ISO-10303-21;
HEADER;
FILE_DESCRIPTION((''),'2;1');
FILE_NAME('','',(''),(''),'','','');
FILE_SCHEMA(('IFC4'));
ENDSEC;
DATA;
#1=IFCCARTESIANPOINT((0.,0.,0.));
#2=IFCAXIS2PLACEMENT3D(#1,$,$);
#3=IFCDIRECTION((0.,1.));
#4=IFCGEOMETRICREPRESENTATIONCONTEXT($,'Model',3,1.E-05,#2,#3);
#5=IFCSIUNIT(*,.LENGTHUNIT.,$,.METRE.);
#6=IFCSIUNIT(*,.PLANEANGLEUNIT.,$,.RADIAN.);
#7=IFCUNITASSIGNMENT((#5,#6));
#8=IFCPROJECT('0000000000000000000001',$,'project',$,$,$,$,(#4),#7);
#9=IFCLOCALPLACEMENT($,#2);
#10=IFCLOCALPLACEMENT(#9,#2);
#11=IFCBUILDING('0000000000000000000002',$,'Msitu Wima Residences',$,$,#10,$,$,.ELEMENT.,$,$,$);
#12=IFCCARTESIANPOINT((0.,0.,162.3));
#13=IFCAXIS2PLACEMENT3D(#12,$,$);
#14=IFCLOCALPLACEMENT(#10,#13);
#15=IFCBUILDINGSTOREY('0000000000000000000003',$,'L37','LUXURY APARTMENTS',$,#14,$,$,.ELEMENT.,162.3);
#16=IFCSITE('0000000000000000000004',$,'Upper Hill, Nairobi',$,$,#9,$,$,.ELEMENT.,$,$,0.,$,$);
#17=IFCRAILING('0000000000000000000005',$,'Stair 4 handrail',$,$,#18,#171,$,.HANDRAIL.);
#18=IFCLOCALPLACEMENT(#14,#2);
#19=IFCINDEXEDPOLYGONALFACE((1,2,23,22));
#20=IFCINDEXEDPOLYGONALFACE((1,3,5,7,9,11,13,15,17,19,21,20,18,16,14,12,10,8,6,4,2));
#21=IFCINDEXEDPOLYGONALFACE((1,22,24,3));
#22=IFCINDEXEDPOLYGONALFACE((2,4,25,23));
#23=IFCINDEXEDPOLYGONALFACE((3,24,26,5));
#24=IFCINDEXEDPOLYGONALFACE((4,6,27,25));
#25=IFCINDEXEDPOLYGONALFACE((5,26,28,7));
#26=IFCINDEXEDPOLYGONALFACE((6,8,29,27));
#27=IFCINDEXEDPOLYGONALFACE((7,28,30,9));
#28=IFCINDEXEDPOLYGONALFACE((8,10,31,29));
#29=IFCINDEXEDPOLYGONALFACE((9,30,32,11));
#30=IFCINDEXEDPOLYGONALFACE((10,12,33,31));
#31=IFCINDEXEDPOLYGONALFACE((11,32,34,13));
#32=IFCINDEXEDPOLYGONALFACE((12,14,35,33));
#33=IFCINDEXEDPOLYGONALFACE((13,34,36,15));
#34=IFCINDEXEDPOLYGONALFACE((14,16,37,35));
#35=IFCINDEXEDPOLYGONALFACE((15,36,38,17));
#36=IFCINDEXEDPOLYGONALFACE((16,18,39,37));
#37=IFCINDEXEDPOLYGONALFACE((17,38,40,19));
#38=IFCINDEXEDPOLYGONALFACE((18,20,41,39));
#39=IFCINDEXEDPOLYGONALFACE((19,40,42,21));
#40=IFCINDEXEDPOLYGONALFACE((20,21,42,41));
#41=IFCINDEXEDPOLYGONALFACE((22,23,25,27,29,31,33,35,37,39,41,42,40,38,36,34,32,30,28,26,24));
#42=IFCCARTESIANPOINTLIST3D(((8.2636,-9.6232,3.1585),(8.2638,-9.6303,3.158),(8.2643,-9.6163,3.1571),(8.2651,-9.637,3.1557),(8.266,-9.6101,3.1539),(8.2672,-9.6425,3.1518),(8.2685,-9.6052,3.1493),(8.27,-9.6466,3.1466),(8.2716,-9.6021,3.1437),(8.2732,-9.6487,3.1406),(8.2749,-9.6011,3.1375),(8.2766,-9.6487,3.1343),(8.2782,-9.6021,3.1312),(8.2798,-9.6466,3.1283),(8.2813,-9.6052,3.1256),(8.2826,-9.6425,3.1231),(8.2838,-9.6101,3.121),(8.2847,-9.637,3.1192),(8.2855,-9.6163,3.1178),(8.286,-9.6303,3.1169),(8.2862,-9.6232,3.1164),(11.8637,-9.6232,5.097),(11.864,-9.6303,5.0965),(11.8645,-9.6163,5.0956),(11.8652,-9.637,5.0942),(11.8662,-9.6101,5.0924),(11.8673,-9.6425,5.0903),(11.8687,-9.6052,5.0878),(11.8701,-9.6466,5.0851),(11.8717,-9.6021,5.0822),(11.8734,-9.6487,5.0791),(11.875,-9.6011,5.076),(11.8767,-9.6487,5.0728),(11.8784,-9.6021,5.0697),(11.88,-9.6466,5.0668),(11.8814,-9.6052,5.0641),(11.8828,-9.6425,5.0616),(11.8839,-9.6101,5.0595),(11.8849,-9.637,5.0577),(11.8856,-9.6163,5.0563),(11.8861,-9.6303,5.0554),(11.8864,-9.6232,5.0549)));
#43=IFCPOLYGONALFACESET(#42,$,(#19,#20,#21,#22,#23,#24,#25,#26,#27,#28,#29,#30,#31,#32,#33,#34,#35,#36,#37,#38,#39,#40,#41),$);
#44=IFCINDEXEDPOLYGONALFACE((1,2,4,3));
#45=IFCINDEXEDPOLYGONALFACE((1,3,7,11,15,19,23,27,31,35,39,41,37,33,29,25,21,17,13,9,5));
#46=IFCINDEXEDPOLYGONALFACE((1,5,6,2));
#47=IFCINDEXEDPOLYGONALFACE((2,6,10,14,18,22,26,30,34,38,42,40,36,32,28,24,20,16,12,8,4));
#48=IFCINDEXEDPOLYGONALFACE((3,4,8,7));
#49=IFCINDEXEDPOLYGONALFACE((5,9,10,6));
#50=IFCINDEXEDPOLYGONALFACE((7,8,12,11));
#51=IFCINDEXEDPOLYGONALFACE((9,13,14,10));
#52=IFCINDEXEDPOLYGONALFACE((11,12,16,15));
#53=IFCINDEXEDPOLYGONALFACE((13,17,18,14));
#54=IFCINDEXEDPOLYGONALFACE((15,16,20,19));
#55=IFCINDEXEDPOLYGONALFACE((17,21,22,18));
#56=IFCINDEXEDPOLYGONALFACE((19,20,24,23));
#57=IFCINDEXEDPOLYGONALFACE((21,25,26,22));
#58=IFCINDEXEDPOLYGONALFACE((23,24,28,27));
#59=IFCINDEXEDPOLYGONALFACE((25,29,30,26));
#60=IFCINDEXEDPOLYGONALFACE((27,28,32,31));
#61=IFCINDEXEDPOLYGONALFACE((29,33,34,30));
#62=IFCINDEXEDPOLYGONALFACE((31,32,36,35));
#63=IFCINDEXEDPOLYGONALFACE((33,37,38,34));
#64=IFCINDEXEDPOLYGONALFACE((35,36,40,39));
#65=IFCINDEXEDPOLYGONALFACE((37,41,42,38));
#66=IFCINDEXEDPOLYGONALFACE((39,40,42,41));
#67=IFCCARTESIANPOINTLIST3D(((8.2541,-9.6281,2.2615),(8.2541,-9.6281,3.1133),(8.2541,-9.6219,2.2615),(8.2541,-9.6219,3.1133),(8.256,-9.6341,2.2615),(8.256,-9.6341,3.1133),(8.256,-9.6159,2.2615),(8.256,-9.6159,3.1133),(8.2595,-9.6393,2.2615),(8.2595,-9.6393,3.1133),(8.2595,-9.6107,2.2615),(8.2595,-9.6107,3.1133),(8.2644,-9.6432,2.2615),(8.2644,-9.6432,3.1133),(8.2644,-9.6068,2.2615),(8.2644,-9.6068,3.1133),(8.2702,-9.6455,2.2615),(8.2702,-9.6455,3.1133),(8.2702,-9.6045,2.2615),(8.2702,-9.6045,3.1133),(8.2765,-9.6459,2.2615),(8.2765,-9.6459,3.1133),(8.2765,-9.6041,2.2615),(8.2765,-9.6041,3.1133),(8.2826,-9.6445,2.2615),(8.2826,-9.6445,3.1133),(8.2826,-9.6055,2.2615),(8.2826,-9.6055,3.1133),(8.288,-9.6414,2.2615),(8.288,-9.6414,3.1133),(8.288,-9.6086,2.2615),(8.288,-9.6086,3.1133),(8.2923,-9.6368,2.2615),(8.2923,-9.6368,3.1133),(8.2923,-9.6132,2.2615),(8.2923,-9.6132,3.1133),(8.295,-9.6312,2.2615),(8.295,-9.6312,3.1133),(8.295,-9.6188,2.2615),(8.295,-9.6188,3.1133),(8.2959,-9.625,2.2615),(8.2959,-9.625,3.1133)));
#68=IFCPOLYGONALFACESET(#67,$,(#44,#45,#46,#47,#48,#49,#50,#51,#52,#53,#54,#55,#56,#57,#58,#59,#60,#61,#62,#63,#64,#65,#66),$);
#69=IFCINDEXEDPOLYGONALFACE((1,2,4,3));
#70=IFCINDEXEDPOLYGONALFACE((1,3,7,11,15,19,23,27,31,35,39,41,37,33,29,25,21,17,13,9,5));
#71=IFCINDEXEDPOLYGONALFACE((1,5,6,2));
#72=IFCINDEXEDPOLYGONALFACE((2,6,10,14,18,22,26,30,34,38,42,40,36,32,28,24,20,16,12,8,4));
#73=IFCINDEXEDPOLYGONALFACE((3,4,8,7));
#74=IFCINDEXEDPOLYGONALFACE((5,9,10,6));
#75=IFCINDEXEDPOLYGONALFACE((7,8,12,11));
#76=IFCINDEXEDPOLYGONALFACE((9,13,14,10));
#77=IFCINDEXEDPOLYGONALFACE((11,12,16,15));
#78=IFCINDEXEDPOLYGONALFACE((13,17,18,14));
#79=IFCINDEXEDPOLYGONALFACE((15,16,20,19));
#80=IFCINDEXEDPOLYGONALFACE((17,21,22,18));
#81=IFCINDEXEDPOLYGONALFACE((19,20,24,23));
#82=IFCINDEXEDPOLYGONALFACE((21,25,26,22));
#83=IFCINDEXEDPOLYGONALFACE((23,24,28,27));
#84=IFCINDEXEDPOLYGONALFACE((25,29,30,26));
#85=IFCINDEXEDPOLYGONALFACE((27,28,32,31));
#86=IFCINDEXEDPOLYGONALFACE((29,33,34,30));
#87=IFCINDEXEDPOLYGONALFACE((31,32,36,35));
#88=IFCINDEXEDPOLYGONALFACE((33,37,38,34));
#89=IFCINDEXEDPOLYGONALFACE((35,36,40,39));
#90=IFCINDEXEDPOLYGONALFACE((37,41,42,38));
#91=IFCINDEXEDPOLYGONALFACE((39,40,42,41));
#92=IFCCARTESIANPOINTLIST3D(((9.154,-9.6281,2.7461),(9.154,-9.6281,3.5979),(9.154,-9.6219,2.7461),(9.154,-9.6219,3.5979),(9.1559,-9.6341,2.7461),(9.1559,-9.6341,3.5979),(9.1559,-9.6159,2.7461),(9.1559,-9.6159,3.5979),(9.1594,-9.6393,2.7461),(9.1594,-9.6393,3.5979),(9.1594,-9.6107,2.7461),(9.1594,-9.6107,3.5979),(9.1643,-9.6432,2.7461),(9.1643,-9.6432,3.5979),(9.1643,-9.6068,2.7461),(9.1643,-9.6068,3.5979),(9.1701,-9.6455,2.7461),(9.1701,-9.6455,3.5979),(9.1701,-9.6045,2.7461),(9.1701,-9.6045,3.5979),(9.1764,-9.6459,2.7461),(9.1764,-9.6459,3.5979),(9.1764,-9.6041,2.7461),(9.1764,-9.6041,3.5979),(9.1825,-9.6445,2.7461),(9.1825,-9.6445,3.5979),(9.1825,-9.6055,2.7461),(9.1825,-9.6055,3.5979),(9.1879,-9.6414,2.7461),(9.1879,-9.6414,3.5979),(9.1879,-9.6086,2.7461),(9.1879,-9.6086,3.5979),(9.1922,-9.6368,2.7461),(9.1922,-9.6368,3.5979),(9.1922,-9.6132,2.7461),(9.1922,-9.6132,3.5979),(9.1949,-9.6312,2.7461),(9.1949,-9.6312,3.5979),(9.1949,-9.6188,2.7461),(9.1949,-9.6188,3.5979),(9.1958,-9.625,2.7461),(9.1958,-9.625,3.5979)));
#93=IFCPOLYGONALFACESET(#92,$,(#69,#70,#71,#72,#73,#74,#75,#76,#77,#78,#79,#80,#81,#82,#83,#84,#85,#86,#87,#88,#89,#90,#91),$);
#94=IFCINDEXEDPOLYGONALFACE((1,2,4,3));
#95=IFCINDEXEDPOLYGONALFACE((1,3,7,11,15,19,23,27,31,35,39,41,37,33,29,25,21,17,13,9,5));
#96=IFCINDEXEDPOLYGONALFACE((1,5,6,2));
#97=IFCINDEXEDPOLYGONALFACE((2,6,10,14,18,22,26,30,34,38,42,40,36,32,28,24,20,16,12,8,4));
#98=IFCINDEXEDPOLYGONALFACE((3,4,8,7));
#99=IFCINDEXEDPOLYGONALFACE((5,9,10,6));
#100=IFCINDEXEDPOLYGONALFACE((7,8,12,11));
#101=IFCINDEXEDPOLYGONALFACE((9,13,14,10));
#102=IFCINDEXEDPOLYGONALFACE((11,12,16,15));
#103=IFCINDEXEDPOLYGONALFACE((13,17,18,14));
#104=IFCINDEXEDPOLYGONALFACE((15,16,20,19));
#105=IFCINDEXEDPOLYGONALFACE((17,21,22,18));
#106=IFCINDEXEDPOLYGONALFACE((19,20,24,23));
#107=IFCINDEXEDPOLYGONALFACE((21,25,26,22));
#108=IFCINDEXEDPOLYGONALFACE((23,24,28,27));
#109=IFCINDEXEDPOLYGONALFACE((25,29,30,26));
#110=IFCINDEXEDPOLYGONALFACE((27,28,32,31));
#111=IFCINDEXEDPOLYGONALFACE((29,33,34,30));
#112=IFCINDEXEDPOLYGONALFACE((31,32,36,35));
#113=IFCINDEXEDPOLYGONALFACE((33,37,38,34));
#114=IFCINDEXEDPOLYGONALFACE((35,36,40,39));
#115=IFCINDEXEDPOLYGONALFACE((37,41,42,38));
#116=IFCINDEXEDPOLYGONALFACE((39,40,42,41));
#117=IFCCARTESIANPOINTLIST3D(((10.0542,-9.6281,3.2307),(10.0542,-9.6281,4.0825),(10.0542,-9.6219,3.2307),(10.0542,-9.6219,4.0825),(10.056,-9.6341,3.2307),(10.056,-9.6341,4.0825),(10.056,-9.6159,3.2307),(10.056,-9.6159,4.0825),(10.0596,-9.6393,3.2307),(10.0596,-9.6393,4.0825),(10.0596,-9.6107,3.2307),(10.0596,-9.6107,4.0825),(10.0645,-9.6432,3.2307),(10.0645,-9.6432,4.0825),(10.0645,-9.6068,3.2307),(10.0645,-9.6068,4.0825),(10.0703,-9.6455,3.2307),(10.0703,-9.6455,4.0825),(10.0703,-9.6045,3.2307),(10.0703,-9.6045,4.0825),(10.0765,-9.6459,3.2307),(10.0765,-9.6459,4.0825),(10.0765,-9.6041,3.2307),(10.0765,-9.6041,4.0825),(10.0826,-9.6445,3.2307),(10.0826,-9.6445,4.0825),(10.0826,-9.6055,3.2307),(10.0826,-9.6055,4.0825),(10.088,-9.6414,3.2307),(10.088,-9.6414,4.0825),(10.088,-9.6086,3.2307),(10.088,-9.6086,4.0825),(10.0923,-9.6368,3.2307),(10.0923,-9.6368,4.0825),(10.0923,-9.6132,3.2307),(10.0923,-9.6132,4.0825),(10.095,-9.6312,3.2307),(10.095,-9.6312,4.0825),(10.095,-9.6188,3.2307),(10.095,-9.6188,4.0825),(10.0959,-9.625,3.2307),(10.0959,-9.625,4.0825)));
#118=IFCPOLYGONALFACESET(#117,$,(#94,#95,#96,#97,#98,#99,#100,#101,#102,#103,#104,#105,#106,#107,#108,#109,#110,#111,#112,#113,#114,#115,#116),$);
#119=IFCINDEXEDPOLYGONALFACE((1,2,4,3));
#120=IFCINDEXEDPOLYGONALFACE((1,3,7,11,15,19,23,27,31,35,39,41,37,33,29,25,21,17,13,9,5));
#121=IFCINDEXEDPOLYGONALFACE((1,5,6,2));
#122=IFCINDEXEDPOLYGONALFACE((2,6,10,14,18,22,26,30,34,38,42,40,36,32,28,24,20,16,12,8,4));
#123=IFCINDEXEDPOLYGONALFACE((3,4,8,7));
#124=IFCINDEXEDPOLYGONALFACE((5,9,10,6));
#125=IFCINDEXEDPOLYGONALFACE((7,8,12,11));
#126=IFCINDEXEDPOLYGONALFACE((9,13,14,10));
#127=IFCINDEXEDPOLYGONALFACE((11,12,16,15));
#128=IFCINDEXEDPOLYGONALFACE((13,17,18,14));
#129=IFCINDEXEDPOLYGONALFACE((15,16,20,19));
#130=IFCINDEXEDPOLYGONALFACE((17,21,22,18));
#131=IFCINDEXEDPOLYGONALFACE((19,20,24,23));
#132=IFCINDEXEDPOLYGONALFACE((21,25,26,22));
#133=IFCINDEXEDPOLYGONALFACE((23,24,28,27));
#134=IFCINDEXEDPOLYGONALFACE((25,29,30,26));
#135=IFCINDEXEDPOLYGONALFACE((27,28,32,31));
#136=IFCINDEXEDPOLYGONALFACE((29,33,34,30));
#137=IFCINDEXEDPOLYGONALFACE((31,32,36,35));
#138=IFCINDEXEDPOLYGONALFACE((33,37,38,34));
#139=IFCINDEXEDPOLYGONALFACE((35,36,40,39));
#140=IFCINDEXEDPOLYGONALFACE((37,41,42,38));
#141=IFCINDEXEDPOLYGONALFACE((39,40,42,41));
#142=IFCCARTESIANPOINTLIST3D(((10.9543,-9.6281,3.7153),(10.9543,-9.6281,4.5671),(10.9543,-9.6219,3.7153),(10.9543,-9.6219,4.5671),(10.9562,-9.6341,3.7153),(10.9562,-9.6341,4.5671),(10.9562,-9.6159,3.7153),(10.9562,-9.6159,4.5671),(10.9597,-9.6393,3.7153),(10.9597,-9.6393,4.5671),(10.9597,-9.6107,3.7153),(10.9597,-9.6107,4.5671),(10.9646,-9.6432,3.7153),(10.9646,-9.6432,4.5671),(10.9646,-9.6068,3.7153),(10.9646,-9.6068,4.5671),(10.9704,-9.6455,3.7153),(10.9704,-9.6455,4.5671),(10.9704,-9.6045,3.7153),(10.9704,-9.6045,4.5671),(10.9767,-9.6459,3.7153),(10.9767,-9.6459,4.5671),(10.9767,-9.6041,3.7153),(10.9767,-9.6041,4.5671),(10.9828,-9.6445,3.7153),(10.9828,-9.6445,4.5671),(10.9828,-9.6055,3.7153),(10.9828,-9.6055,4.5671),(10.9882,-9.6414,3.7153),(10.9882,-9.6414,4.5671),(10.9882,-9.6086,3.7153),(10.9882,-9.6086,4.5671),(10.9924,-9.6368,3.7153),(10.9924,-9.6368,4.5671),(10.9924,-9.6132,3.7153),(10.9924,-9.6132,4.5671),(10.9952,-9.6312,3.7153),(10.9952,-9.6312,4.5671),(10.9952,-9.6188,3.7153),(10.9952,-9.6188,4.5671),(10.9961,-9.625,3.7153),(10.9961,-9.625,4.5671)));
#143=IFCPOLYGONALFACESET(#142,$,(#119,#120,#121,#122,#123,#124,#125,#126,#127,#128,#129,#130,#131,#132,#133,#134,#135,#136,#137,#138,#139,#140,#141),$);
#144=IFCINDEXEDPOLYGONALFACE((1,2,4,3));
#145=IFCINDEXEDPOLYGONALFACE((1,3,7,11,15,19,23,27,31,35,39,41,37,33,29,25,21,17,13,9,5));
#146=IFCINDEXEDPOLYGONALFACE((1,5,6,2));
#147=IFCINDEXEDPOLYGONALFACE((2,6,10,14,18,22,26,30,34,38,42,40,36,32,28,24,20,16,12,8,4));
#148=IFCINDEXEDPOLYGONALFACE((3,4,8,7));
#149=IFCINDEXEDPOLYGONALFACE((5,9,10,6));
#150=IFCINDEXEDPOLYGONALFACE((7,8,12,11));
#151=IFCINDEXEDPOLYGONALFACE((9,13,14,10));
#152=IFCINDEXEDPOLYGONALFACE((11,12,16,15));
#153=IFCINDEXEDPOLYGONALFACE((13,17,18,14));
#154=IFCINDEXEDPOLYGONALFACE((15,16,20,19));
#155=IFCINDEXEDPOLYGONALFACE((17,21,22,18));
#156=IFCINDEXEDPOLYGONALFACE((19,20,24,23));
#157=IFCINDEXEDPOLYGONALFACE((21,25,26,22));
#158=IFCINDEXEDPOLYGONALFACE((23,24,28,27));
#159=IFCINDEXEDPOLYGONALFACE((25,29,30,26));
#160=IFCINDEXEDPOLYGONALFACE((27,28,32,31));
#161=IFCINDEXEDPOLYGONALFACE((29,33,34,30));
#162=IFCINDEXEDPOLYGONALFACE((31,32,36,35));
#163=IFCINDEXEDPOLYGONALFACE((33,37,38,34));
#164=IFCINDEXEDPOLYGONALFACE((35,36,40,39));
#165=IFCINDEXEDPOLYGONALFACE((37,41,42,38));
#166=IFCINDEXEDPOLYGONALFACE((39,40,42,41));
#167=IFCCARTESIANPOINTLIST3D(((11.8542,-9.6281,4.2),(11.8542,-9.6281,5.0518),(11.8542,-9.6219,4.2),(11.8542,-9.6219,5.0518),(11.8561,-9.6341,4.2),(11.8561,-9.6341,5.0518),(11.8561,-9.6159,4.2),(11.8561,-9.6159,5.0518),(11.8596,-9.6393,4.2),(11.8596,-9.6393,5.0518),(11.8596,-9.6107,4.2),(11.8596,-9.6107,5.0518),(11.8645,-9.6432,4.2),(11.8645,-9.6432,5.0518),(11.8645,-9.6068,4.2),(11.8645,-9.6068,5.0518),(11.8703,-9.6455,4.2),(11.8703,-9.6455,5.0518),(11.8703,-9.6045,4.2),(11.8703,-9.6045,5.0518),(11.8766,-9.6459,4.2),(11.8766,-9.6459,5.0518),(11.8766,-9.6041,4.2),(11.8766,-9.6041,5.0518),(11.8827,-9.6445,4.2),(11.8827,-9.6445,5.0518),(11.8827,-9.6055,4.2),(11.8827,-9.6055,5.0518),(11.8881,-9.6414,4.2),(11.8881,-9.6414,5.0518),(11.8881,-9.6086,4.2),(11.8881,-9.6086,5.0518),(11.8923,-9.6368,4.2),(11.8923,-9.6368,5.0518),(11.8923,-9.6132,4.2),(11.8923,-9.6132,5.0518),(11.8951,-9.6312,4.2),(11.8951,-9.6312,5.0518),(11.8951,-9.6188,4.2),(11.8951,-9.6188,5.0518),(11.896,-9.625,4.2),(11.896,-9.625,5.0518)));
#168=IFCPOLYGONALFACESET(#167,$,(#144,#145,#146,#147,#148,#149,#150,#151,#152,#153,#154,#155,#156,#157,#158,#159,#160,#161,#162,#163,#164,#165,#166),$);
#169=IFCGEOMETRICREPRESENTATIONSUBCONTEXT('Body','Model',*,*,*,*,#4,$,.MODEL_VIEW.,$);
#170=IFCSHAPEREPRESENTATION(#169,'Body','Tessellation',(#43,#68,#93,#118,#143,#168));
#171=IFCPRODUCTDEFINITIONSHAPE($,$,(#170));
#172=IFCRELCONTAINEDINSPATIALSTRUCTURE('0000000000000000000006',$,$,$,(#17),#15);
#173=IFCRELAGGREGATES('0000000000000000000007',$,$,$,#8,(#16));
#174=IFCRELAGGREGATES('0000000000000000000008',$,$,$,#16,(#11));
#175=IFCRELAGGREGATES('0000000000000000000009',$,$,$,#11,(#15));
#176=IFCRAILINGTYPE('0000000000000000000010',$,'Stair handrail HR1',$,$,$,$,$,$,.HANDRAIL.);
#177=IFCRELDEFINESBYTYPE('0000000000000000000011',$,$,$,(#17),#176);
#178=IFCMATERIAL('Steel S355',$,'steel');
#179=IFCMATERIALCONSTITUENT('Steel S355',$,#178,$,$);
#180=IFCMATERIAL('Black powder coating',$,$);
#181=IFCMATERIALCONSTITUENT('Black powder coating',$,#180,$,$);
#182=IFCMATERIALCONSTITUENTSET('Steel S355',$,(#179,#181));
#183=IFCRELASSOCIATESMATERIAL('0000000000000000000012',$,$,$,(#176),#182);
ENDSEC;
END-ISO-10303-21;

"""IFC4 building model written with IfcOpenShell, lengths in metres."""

from ifc_helpers import new_model, si_unit, direction, frame, origin, origin_2d, place, context, subcontext, project, spatial, circle, extrude, material, constituent, constituent_set, type_object, element, save


model = new_model("IFC4")

# Units and contexts
model_context = context("Model", 3, precision=1e-05, world=origin(), true_north=direction((0.0, 1.0)))
body_context = subcontext(model_context, "Body", "Model", "MODEL_VIEW")
ifc_project = project(units=[si_unit("LENGTHUNIT", "METRE"), si_unit("PLANEANGLEUNIT", "RADIAN")], contexts=[model_context])

# Site, building, storey
site_placement = place(None, origin())
site = spatial("IfcSite", under=ifc_project, at=site_placement, Name="Upper Hill, Nairobi", CompositionType="ELEMENT", RefElevation=0.0)
building_placement = place(site_placement, origin())
building = spatial("IfcBuilding", under=site, at=building_placement, Name="Msitu Wima Residences", CompositionType="ELEMENT")
storey_placement = place(building_placement, frame((0.0, 0.0, 162.3)))
storey = spatial("IfcBuildingStorey", under=building, at=storey_placement, Name="L37", Description="LUXURY APARTMENTS", CompositionType="ELEMENT", Elevation=162.3)

# Railing
ifc_material_1 = material(Name="Steel S355", Category="steel")
ifc_constituent_1 = constituent(ifc_material_1, Name="Steel S355")
ifc_material_2 = material(Name="Black powder coating")
ifc_constituent_2 = constituent(ifc_material_2, Name="Black powder coating")
ifc_constituent_set = constituent_set(constituents=[ifc_constituent_1, ifc_constituent_2], Name="Steel S355")
railing_type = type_object("IfcRailingType", Name="Stair handrail HR1", PredefinedType="HANDRAIL", material=ifc_constituent_set)
for number, where, name in (
    (1, (8.2749, -9.625, 2.2615), "Stair 4 handrail"),
):
    element("IfcRailing", number, at=place(storey_placement, frame(where)), inside=storey, type_object=railing_type, Name=name, PredefinedType="HANDRAIL", context=body_context, shape_type="SweptSolid", body=[
        extrude(circle(Radius=0.0239, at=origin_2d()), frame((0.0, 0.0, 0.876), z_axis=(0.880475, 0.0, 0.474093), x_axis=(0.0, 1.0, 0.0)), (0.0, 0.0, 1.0), 4.0889),
        extrude(circle(Radius=0.021, at=origin_2d()), origin(), (0.0, 0.0, 1.0), 0.8518),
        extrude(circle(Radius=0.021, at=origin_2d()), frame((0.8999, 0.0, 0.4846)), (0.0, 0.0, 1.0), 0.8518),
        extrude(circle(Radius=0.021, at=origin_2d()), frame((1.8, 0.0, 0.9692)), (0.0, 0.0, 1.0), 0.8518),
        extrude(circle(Radius=0.021, at=origin_2d()), frame((2.7002, 0.0, 1.4539)), (0.0, 0.0, 1.0), 0.8518),
        extrude(circle(Radius=0.021, at=origin_2d()), frame((3.6001, 0.0, 1.9385)), (0.0, 0.0, 1.0), 0.8518),
    ])

save(model, "model.ifc")
